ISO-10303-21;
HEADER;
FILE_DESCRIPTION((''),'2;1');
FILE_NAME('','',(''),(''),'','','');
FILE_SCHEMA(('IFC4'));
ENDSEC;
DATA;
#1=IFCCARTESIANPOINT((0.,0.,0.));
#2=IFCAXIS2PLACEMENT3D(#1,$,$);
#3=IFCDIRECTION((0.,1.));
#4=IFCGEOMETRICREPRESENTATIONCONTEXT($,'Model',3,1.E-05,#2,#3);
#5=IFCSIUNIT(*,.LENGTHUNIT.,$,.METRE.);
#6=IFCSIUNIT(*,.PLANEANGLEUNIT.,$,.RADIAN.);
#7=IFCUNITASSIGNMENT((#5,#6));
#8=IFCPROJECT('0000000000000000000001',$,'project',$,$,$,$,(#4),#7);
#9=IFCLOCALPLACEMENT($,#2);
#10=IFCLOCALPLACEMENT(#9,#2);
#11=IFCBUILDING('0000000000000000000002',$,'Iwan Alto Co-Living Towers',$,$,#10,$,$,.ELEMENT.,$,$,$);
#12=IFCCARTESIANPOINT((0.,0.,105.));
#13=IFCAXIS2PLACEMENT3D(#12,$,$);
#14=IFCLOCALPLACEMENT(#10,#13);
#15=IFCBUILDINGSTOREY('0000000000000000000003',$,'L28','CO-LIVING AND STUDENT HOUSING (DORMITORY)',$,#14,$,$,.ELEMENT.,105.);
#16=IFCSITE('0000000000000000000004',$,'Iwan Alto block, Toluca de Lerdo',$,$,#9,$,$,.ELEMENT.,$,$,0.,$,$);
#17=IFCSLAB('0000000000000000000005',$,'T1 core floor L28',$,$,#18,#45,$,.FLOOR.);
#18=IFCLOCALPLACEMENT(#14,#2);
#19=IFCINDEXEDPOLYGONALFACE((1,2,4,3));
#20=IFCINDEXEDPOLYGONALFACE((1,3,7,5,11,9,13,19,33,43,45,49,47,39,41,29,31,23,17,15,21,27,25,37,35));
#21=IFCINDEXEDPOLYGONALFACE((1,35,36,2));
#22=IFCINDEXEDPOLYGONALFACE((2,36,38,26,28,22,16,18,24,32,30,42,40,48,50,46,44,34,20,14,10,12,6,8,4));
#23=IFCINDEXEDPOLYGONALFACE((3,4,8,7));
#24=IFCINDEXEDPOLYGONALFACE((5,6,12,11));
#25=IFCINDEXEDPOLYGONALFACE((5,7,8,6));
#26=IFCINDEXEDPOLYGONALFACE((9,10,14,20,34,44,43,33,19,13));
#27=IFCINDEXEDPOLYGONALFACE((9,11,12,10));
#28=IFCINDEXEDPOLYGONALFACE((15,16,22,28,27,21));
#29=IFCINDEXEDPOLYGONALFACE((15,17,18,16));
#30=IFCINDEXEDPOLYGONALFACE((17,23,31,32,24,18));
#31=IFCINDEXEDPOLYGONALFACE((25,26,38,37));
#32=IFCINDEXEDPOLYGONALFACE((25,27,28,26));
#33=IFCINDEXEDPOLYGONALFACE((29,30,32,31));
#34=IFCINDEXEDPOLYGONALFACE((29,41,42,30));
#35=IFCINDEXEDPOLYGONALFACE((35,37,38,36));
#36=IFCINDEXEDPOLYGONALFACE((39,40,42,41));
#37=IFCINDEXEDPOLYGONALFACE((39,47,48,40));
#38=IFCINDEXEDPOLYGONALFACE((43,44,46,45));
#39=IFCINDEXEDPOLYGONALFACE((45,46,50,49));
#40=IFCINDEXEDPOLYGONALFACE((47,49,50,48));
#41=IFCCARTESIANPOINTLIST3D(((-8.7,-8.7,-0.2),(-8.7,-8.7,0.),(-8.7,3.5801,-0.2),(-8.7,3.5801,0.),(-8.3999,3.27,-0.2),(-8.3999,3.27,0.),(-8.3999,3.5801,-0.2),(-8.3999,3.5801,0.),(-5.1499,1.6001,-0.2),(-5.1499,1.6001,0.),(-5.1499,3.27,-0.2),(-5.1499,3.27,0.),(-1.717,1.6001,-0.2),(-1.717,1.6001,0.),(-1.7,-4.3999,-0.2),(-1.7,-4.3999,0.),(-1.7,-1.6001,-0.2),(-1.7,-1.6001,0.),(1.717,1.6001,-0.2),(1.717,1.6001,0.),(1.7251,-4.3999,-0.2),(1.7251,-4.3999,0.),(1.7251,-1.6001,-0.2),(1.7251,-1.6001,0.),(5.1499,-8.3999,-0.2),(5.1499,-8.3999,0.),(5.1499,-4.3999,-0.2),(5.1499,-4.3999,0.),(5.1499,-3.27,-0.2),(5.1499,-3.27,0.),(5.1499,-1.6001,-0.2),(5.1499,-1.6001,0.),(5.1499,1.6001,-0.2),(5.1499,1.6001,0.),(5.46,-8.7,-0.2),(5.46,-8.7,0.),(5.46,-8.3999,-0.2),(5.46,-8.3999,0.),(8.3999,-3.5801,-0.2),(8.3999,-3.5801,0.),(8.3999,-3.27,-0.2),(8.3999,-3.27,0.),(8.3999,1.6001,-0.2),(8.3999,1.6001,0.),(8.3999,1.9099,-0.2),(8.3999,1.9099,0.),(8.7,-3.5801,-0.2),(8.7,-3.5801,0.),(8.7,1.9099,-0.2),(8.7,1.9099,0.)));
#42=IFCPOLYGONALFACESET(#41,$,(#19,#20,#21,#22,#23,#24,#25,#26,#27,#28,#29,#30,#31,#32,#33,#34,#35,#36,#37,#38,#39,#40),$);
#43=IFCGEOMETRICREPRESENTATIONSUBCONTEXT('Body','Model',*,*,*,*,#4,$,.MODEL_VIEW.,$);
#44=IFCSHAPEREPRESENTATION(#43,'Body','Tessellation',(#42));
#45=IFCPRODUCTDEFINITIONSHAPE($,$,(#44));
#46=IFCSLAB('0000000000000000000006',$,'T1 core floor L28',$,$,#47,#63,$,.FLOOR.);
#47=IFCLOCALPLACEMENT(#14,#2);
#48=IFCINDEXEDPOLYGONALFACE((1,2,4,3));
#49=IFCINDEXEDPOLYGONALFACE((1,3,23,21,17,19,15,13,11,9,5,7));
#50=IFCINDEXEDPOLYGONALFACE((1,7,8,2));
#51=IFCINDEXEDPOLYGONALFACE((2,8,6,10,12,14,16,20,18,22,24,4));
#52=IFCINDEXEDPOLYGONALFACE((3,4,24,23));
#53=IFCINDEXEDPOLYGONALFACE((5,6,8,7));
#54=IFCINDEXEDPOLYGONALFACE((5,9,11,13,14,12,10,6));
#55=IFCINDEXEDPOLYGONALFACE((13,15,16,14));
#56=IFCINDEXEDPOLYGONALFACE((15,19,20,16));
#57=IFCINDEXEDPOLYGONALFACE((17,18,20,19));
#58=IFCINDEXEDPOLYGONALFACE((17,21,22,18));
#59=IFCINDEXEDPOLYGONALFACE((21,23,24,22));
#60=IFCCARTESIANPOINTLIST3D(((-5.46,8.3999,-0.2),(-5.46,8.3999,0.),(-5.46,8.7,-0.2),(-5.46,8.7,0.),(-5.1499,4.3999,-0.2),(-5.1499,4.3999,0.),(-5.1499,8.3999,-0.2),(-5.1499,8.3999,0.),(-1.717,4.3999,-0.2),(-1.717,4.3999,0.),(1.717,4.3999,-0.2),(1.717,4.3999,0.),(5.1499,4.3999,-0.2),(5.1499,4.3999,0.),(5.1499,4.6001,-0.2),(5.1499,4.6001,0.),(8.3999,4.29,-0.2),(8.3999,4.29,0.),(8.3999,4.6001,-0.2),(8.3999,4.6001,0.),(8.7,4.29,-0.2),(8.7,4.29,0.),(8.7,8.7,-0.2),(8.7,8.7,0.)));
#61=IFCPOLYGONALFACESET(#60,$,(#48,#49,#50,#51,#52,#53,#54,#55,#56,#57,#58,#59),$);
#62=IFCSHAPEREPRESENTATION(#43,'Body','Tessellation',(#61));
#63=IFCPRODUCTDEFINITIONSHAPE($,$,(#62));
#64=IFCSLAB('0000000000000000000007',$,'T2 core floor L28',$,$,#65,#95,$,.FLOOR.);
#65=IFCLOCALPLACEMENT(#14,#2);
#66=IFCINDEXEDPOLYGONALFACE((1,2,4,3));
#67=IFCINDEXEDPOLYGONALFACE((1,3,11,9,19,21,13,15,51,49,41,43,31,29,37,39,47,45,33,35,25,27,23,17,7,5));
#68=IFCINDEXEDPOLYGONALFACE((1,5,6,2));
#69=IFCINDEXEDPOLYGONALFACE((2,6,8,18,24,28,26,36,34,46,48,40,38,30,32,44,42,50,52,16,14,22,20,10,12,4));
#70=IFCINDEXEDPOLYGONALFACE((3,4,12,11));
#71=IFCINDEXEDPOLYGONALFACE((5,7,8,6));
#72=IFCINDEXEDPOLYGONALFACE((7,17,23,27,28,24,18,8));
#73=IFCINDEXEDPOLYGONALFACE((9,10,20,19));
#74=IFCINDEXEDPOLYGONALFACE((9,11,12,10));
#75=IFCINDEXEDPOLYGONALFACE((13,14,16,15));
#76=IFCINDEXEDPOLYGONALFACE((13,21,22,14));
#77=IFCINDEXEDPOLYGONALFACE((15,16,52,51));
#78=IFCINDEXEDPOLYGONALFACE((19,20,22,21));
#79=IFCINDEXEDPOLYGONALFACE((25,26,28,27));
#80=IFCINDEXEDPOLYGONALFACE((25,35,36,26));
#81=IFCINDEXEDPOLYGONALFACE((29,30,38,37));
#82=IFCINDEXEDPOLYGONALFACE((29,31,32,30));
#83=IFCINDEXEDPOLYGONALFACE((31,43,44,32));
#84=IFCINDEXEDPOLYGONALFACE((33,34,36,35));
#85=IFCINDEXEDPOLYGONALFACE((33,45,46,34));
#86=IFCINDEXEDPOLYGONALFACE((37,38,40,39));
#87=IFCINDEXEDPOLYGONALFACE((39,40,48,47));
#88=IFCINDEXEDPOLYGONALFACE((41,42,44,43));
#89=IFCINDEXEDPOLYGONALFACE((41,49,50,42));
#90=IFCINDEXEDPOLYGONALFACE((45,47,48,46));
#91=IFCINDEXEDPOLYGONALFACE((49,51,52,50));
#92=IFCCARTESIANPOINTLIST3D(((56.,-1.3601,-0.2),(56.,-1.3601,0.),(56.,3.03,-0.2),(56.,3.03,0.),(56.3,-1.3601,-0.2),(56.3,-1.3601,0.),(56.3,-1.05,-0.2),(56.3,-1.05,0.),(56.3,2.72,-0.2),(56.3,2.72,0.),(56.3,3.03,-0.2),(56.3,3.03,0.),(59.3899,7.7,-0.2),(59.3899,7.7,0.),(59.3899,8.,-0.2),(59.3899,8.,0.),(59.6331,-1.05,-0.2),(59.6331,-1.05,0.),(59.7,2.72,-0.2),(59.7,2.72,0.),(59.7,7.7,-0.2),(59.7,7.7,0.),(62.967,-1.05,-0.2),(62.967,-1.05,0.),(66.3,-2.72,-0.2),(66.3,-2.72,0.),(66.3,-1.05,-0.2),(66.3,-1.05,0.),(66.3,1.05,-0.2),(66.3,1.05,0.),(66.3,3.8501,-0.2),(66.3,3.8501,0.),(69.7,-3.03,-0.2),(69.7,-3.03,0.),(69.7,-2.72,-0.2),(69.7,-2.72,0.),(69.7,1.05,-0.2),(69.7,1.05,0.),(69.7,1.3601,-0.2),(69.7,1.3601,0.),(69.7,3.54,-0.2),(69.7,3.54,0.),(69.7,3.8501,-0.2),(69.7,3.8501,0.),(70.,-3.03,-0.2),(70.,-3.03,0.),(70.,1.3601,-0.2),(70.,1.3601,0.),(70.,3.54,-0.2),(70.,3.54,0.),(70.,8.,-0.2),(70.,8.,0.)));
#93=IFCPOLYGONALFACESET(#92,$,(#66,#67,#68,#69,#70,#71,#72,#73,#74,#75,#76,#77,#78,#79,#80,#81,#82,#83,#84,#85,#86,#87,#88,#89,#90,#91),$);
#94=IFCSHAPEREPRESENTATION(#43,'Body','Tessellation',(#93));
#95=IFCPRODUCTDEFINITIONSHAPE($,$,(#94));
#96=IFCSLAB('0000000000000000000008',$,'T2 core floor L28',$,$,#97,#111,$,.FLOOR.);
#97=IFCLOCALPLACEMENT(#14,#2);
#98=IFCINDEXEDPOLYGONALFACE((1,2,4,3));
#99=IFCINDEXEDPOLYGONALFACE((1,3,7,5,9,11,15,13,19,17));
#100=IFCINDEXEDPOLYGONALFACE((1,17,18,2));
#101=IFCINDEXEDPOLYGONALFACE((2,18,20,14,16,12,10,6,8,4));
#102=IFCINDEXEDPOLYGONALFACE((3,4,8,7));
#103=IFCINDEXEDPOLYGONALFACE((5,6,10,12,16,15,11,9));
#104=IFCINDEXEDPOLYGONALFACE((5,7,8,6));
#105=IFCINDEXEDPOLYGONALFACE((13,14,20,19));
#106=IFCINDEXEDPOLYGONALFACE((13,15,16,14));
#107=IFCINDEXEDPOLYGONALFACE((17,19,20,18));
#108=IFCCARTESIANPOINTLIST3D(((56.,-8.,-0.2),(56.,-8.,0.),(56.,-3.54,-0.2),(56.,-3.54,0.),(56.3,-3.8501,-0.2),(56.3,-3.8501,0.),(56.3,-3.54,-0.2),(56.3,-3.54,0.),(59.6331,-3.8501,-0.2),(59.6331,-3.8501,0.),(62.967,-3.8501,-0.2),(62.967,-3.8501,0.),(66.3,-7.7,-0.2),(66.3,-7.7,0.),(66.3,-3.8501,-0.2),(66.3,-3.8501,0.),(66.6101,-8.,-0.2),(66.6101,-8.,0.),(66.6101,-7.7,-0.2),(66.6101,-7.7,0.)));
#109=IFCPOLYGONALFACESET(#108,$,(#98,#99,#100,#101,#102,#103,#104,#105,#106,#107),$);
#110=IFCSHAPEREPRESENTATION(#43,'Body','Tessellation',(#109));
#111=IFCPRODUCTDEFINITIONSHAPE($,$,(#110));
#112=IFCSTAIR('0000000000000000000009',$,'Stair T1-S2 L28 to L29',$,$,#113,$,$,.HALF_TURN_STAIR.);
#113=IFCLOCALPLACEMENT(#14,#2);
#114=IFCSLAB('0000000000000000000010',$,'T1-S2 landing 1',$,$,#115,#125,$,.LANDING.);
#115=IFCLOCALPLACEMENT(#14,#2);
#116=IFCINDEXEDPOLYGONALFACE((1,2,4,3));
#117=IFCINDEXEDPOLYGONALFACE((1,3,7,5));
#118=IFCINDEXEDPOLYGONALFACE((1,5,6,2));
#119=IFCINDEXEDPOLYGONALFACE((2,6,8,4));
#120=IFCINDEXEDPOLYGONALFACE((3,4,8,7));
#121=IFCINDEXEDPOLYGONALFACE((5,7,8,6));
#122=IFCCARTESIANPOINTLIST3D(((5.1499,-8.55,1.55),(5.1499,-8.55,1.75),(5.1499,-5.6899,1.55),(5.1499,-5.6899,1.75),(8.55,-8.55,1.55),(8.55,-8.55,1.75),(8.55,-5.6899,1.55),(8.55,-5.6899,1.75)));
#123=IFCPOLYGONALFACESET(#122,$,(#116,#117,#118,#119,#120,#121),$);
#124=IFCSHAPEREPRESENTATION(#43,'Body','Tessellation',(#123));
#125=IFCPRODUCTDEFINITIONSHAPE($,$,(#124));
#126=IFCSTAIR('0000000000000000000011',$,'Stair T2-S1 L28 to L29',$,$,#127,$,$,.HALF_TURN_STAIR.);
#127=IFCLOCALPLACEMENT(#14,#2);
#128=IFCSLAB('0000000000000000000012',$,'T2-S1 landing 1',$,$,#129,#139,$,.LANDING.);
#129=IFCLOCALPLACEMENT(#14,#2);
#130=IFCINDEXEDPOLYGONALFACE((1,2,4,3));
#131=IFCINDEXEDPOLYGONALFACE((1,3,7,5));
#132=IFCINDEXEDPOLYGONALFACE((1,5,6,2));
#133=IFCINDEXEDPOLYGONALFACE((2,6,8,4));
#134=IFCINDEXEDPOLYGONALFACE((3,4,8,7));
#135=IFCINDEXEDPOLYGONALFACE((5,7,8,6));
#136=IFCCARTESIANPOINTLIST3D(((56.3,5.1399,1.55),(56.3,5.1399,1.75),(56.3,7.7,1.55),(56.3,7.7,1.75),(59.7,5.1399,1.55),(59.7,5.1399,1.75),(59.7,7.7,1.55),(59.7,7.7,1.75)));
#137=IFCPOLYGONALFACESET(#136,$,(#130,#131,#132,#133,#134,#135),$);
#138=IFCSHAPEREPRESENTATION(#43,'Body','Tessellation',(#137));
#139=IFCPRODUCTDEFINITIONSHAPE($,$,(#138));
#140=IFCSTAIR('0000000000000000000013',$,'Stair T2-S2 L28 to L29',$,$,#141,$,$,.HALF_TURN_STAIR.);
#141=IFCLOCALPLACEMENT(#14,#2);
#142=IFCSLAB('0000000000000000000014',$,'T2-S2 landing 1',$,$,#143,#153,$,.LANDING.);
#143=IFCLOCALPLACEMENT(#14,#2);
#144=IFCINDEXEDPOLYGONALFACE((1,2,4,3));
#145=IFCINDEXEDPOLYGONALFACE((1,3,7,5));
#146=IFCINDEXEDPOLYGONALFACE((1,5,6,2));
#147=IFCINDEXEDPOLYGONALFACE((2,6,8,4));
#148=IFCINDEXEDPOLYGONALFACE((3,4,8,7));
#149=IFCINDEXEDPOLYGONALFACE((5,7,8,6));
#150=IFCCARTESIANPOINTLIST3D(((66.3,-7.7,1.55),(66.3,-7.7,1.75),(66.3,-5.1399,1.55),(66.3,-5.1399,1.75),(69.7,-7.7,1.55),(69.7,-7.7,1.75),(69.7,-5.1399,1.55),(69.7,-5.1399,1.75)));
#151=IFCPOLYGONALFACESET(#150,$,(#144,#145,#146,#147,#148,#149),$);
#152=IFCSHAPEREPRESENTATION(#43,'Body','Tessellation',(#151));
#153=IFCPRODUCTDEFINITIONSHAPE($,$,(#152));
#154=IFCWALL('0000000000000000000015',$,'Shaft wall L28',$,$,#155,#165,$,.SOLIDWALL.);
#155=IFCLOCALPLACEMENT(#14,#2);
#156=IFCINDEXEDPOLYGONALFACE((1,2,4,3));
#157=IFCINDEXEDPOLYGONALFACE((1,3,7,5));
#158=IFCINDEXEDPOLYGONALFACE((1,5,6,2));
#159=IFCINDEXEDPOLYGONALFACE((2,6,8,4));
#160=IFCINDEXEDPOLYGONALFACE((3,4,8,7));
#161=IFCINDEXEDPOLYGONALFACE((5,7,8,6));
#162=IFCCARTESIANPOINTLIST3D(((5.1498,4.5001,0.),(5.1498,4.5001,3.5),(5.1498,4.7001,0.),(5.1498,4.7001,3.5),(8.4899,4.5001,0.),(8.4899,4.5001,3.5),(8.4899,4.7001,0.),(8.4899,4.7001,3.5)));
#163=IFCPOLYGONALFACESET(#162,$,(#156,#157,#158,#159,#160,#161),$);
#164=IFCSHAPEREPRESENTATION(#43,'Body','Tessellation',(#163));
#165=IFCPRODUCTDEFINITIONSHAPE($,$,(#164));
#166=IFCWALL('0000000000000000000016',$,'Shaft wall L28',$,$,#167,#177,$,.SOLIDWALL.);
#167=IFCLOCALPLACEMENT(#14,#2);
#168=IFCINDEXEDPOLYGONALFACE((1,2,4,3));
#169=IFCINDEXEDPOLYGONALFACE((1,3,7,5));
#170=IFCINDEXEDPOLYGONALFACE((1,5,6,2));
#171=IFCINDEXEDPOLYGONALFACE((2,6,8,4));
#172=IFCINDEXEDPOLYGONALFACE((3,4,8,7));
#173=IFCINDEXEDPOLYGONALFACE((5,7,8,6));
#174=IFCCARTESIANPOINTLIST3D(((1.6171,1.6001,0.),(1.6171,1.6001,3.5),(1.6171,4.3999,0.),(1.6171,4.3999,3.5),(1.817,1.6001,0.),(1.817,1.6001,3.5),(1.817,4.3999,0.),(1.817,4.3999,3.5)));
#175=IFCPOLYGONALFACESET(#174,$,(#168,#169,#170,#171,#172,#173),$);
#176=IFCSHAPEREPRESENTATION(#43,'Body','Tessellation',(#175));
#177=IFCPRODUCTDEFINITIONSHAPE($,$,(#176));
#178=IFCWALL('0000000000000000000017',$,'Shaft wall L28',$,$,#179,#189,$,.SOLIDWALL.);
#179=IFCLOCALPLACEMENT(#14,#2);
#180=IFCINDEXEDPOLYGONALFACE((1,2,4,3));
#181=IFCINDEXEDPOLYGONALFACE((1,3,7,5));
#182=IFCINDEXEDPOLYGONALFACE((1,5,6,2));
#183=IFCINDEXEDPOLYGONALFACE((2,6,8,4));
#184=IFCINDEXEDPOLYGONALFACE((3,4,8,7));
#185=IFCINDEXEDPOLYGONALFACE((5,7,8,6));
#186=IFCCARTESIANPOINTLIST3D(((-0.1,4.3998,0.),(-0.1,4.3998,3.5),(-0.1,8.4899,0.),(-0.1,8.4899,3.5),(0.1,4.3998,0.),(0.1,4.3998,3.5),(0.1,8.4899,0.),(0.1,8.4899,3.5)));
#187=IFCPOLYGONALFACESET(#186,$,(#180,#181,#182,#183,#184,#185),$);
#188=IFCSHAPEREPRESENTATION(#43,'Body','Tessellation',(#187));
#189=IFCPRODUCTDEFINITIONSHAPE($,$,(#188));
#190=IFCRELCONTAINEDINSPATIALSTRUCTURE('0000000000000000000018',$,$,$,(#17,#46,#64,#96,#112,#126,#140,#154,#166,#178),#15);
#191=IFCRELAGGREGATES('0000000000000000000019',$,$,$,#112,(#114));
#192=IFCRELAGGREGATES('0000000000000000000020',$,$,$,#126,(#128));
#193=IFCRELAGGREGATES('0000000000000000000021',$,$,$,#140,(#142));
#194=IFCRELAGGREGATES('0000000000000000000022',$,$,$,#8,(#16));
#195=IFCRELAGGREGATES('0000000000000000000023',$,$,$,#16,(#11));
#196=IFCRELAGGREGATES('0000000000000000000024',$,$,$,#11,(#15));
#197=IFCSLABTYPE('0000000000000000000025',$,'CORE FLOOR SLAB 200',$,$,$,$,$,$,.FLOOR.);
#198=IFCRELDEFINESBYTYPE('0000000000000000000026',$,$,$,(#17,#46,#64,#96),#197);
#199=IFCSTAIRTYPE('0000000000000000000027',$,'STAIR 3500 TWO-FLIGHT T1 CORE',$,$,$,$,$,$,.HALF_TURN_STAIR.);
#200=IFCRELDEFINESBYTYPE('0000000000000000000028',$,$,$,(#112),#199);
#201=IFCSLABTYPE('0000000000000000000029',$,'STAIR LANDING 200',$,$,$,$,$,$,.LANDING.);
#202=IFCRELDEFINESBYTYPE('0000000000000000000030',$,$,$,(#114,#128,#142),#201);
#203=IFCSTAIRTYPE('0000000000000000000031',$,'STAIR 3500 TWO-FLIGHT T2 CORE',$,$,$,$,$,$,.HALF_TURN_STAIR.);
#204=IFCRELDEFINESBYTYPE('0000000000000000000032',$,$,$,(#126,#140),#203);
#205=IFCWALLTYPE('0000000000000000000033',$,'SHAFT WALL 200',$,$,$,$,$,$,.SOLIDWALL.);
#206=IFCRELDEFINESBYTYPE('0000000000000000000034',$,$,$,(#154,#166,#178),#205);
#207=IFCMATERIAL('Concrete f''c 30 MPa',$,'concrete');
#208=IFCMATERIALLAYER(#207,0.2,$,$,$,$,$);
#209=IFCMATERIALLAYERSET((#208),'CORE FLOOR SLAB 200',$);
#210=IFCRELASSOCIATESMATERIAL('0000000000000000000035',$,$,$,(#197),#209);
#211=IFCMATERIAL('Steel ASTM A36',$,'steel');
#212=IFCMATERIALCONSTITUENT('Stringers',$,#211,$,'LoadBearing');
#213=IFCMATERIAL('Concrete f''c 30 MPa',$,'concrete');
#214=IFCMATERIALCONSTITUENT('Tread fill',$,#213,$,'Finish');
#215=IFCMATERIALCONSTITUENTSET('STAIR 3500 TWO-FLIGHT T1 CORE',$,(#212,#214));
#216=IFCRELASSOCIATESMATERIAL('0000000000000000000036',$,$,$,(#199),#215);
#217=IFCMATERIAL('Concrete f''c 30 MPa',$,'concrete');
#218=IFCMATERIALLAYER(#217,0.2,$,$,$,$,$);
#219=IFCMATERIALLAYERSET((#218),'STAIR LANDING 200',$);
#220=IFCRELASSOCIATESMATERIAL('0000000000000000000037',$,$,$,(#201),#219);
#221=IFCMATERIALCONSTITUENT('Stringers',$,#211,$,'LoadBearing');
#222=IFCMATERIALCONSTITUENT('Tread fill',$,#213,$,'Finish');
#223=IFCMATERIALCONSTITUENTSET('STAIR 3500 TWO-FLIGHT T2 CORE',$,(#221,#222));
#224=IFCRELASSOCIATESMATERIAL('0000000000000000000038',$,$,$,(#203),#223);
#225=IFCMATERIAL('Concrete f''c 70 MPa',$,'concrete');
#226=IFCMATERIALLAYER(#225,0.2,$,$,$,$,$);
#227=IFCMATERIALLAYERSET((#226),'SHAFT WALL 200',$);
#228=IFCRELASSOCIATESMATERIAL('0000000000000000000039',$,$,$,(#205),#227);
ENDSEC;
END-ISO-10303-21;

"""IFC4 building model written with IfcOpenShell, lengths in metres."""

from ifc_helpers import new_model, si_unit, direction, frame, frame_2d, origin, place, context, subcontext, project, spatial, polyline, rectangle, outline, extrude, material, layer, layer_set, constituent, constituent_set, type_object, element, aggregate, save


model = new_model("IFC4")

# Units and contexts
model_context = context("Model", 3, precision=1e-05, world=origin(), true_north=direction((0.0, 1.0)))
body_context = subcontext(model_context, "Body", "Model", "MODEL_VIEW")
ifc_project = project(units=[si_unit("LENGTHUNIT", "METRE"), si_unit("PLANEANGLEUNIT", "RADIAN")], contexts=[model_context])

# Site, building, storey
site_placement = place(None, origin())
site = spatial("IfcSite", under=ifc_project, at=site_placement, Name="Iwan Alto block, Toluca de Lerdo", CompositionType="ELEMENT", RefElevation=0.0)
building_placement = place(site_placement, origin())
building = spatial("IfcBuilding", under=site, at=building_placement, Name="Iwan Alto Co-Living Towers", CompositionType="ELEMENT")
storey_placement = place(building_placement, frame((0.0, 0.0, 105.0)))
storey = spatial("IfcBuildingStorey", under=building, at=storey_placement, Name="L28", Description="CO-LIVING AND STUDENT HOUSING (DORMITORY)", CompositionType="ELEMENT", Elevation=105.0)

# Slabs
ifc_material_1 = material(Name="Concrete f'c 30 MPa", Category="concrete")
ifc_layer_1 = layer(ifc_material_1, 0.2)
ifc_layer_set_1 = layer_set([ifc_layer_1], Name="CORE FLOOR SLAB 200")
slab_type_1 = type_object("IfcSlabType", Name="CORE FLOOR SLAB 200", PredefinedType="FLOOR", material=ifc_layer_set_1)
slab_1_placement = place(storey_placement, frame((0.0, 0.0, -0.2)))
element("IfcSlab", 1, at=slab_1_placement, inside=storey, type_object=slab_type_1, Name="T1 core floor L28", PredefinedType="FLOOR", context=body_context, shape_type="SweptSolid", body=[
    extrude(outline(polyline([(5.1499, -1.6001), (1.7251, -1.6001), (-1.7, -1.6001), (-1.7, -4.3999), (1.7251, -4.3999), (5.1499, -4.3999), (5.1499, -8.3999), (5.46, -8.3999), (5.46, -8.7), (-8.7, -8.7), (-8.7, 3.5801), (-8.3999, 3.5801), (-8.3999, 3.27), (-5.1499, 3.27), (-5.1499, 1.6001), (-1.717, 1.6001), (1.717, 1.6001), (5.1499, 1.6001), (8.3999, 1.6001), (8.3999, 1.9099), (8.7, 1.9099), (8.7, -3.5801), (8.3999, -3.5801), (8.3999, -3.27), (5.1499, -3.27), (5.1499, -1.6001)])), origin(), (0.0, 0.0, 1.0), 0.2),
])
slab_2_placement = place(storey_placement, frame((0.0, 0.0, -0.2)))
element("IfcSlab", 2, at=slab_2_placement, inside=storey, type_object=slab_type_1, Name="T1 core floor L28", PredefinedType="FLOOR", context=body_context, shape_type="SweptSolid", body=[
    extrude(outline(polyline([(1.717, 4.3999), (-1.717, 4.3999), (-5.1499, 4.3999), (-5.1499, 8.3999), (-5.46, 8.3999), (-5.46, 8.7), (8.7, 8.7), (8.7, 4.29), (8.3999, 4.29), (8.3999, 4.6001), (5.1499, 4.6001), (5.1499, 4.3999), (1.717, 4.3999)])), origin(), (0.0, 0.0, 1.0), 0.2),
])
slab_3_placement = place(storey_placement, frame((0.0, 0.0, -0.2)))
element("IfcSlab", 3, at=slab_3_placement, inside=storey, type_object=slab_type_1, Name="T2 core floor L28", PredefinedType="FLOOR", context=body_context, shape_type="SweptSolid", body=[
    extrude(outline(polyline([(70.0, -3.03), (69.7, -3.03), (69.7, -2.72), (66.3, -2.72), (66.3, -1.05), (62.967, -1.05), (59.6331, -1.05), (56.3, -1.05), (56.3, -1.3601), (56.0, -1.3601), (56.0, 3.03), (56.3, 3.03), (56.3, 2.72), (59.7, 2.72), (59.7, 7.7), (59.3899, 7.7), (59.3899, 8.0), (70.0, 8.0), (70.0, 3.54), (69.7, 3.54), (69.7, 3.8501), (66.3, 3.8501), (66.3, 1.05), (69.7, 1.05), (69.7, 1.3601), (70.0, 1.3601), (70.0, -3.03)])), origin(), (0.0, 0.0, 1.0), 0.2),
])
slab_4_placement = place(storey_placement, frame((0.0, 0.0, -0.2)))
element("IfcSlab", 4, at=slab_4_placement, inside=storey, type_object=slab_type_1, Name="T2 core floor L28", PredefinedType="FLOOR", context=body_context, shape_type="SweptSolid", body=[
    extrude(outline(polyline([(62.967, -3.8501), (66.3, -3.8501), (66.3, -7.7), (66.6101, -7.7), (66.6101, -8.0), (56.0, -8.0), (56.0, -3.54), (56.3, -3.54), (56.3, -3.8501), (59.6331, -3.8501), (62.967, -3.8501)])), origin(), (0.0, 0.0, 1.0), 0.2),
])

# Stairs, slabs
ifc_material_2 = material(Name="Steel ASTM A36", Category="steel")
ifc_constituent_1 = constituent(ifc_material_2, Name="Stringers", Category="LoadBearing")
ifc_material_3 = material(Name="Concrete f'c 30 MPa", Category="concrete")
ifc_constituent_2 = constituent(ifc_material_3, Name="Tread fill", Category="Finish")
ifc_constituent_set_1 = constituent_set(constituents=[ifc_constituent_1, ifc_constituent_2], Name="STAIR 3500 TWO-FLIGHT T1 CORE")
stair_type_1 = type_object("IfcStairType", Name="STAIR 3500 TWO-FLIGHT T1 CORE", PredefinedType="HALF_TURN_STAIR", material=ifc_constituent_set_1)
stair_1_placement = place(storey_placement, origin())
stair_1 = element("IfcStair", 5, at=stair_1_placement, inside=storey, type_object=stair_type_1, Name="Stair T1-S2 L28 to L29", PredefinedType="HALF_TURN_STAIR")
ifc_material_4 = material(Name="Concrete f'c 30 MPa", Category="concrete")
ifc_layer_2 = layer(ifc_material_4, 0.2)
ifc_layer_set_2 = layer_set([ifc_layer_2], Name="STAIR LANDING 200")
slab_type_2 = type_object("IfcSlabType", Name="STAIR LANDING 200", PredefinedType="LANDING", material=ifc_layer_set_2)
slab_5_placement = place(storey_placement, frame((0.0, 0.0, 1.55)))
slab_5 = element("IfcSlab", 6, at=slab_5_placement, type_object=slab_type_2, Name="T1-S2 landing 1", PredefinedType="LANDING", context=body_context, shape_type="SweptSolid", body=[
    extrude(outline(polyline([(5.1499, -5.6899), (5.1499, -8.55), (8.55, -8.55), (8.55, -5.6899), (5.1499, -5.6899)])), origin(), (0.0, 0.0, 1.0), 0.2),
])
aggregate(stair_1, [slab_5])
ifc_constituent_3 = constituent(ifc_material_2, Name="Stringers", Category="LoadBearing")
ifc_constituent_4 = constituent(ifc_material_3, Name="Tread fill", Category="Finish")
ifc_constituent_set_2 = constituent_set(constituents=[ifc_constituent_3, ifc_constituent_4], Name="STAIR 3500 TWO-FLIGHT T2 CORE")
stair_type_2 = type_object("IfcStairType", Name="STAIR 3500 TWO-FLIGHT T2 CORE", PredefinedType="HALF_TURN_STAIR", material=ifc_constituent_set_2)
stair_2_placement = place(storey_placement, origin())
stair_2 = element("IfcStair", 7, at=stair_2_placement, inside=storey, type_object=stair_type_2, Name="Stair T2-S1 L28 to L29", PredefinedType="HALF_TURN_STAIR")
slab_6_placement = place(storey_placement, frame((0.0, 0.0, 1.55)))
slab_6 = element("IfcSlab", 8, at=slab_6_placement, type_object=slab_type_2, Name="T2-S1 landing 1", PredefinedType="LANDING", context=body_context, shape_type="SweptSolid", body=[
    extrude(outline(polyline([(56.3, 5.1399), (56.3, 7.7), (59.7, 7.7), (59.7, 5.1399), (56.3, 5.1399)])), origin(), (0.0, 0.0, 1.0), 0.2),
])
aggregate(stair_2, [slab_6])
stair_3_placement = place(storey_placement, origin())
stair_3 = element("IfcStair", 9, at=stair_3_placement, inside=storey, type_object=stair_type_2, Name="Stair T2-S2 L28 to L29", PredefinedType="HALF_TURN_STAIR")
slab_7_placement = place(storey_placement, frame((0.0, 0.0, 1.55)))
slab_7 = element("IfcSlab", 10, at=slab_7_placement, type_object=slab_type_2, Name="T2-S2 landing 1", PredefinedType="LANDING", context=body_context, shape_type="SweptSolid", body=[
    extrude(outline(polyline([(66.3, -5.1399), (66.3, -7.7), (69.7, -7.7), (69.7, -5.1399), (66.3, -5.1399)])), origin(), (0.0, 0.0, 1.0), 0.2),
])
aggregate(stair_3, [slab_7])

# Walls
ifc_material_5 = material(Name="Concrete f'c 70 MPa", Category="concrete")
ifc_layer_3 = layer(ifc_material_5, 0.2)
ifc_layer_set_3 = layer_set([ifc_layer_3], Name="SHAFT WALL 200")
wall_type_1 = type_object("IfcWallType", Name="SHAFT WALL 200", PredefinedType="SOLIDWALL", material=ifc_layer_set_3)
wall_1_placement = place(storey_placement, frame((5.1499, 4.6001, 0.0), z_axis=(0.0, 0.0, 1.0), x_axis=(1.0, 0.0, 0.0)))
element("IfcWall", 11, at=wall_1_placement, inside=storey, type_object=wall_type_1, Name="Shaft wall L28", PredefinedType="SOLIDWALL", context=body_context, shape_type="SweptSolid", body=[
    extrude(rectangle(XDim=3.3401, YDim=0.2, at=frame_2d((1.6699, 0.0))), origin(), (0.0, 0.0, 1.0), 3.5),
])
wall_2_placement = place(storey_placement, frame((1.717, 1.6001, 0.0), z_axis=(0.0, 0.0, 1.0), x_axis=(0.0, 1.0, 0.0)))
element("IfcWall", 12, at=wall_2_placement, inside=storey, type_object=wall_type_1, Name="Shaft wall L28", PredefinedType="SOLIDWALL", context=body_context, shape_type="SweptSolid", body=[
    extrude(rectangle(XDim=2.7998, YDim=0.2, at=frame_2d((1.3999, 0.0))), origin(), (0.0, 0.0, 1.0), 3.5),
])
wall_3_placement = place(storey_placement, frame((0.0, 4.3999, 0.0), z_axis=(0.0, 0.0, 1.0), x_axis=(0.0, 1.0, 0.0)))
element("IfcWall", 13, at=wall_3_placement, inside=storey, type_object=wall_type_1, Name="Shaft wall L28", PredefinedType="SOLIDWALL", context=body_context, shape_type="SweptSolid", body=[
    extrude(rectangle(XDim=4.0901, YDim=0.2, at=frame_2d((2.0449, 0.0))), origin(), (0.0, 0.0, 1.0), 3.5),
])

save(model, "model.ifc")
